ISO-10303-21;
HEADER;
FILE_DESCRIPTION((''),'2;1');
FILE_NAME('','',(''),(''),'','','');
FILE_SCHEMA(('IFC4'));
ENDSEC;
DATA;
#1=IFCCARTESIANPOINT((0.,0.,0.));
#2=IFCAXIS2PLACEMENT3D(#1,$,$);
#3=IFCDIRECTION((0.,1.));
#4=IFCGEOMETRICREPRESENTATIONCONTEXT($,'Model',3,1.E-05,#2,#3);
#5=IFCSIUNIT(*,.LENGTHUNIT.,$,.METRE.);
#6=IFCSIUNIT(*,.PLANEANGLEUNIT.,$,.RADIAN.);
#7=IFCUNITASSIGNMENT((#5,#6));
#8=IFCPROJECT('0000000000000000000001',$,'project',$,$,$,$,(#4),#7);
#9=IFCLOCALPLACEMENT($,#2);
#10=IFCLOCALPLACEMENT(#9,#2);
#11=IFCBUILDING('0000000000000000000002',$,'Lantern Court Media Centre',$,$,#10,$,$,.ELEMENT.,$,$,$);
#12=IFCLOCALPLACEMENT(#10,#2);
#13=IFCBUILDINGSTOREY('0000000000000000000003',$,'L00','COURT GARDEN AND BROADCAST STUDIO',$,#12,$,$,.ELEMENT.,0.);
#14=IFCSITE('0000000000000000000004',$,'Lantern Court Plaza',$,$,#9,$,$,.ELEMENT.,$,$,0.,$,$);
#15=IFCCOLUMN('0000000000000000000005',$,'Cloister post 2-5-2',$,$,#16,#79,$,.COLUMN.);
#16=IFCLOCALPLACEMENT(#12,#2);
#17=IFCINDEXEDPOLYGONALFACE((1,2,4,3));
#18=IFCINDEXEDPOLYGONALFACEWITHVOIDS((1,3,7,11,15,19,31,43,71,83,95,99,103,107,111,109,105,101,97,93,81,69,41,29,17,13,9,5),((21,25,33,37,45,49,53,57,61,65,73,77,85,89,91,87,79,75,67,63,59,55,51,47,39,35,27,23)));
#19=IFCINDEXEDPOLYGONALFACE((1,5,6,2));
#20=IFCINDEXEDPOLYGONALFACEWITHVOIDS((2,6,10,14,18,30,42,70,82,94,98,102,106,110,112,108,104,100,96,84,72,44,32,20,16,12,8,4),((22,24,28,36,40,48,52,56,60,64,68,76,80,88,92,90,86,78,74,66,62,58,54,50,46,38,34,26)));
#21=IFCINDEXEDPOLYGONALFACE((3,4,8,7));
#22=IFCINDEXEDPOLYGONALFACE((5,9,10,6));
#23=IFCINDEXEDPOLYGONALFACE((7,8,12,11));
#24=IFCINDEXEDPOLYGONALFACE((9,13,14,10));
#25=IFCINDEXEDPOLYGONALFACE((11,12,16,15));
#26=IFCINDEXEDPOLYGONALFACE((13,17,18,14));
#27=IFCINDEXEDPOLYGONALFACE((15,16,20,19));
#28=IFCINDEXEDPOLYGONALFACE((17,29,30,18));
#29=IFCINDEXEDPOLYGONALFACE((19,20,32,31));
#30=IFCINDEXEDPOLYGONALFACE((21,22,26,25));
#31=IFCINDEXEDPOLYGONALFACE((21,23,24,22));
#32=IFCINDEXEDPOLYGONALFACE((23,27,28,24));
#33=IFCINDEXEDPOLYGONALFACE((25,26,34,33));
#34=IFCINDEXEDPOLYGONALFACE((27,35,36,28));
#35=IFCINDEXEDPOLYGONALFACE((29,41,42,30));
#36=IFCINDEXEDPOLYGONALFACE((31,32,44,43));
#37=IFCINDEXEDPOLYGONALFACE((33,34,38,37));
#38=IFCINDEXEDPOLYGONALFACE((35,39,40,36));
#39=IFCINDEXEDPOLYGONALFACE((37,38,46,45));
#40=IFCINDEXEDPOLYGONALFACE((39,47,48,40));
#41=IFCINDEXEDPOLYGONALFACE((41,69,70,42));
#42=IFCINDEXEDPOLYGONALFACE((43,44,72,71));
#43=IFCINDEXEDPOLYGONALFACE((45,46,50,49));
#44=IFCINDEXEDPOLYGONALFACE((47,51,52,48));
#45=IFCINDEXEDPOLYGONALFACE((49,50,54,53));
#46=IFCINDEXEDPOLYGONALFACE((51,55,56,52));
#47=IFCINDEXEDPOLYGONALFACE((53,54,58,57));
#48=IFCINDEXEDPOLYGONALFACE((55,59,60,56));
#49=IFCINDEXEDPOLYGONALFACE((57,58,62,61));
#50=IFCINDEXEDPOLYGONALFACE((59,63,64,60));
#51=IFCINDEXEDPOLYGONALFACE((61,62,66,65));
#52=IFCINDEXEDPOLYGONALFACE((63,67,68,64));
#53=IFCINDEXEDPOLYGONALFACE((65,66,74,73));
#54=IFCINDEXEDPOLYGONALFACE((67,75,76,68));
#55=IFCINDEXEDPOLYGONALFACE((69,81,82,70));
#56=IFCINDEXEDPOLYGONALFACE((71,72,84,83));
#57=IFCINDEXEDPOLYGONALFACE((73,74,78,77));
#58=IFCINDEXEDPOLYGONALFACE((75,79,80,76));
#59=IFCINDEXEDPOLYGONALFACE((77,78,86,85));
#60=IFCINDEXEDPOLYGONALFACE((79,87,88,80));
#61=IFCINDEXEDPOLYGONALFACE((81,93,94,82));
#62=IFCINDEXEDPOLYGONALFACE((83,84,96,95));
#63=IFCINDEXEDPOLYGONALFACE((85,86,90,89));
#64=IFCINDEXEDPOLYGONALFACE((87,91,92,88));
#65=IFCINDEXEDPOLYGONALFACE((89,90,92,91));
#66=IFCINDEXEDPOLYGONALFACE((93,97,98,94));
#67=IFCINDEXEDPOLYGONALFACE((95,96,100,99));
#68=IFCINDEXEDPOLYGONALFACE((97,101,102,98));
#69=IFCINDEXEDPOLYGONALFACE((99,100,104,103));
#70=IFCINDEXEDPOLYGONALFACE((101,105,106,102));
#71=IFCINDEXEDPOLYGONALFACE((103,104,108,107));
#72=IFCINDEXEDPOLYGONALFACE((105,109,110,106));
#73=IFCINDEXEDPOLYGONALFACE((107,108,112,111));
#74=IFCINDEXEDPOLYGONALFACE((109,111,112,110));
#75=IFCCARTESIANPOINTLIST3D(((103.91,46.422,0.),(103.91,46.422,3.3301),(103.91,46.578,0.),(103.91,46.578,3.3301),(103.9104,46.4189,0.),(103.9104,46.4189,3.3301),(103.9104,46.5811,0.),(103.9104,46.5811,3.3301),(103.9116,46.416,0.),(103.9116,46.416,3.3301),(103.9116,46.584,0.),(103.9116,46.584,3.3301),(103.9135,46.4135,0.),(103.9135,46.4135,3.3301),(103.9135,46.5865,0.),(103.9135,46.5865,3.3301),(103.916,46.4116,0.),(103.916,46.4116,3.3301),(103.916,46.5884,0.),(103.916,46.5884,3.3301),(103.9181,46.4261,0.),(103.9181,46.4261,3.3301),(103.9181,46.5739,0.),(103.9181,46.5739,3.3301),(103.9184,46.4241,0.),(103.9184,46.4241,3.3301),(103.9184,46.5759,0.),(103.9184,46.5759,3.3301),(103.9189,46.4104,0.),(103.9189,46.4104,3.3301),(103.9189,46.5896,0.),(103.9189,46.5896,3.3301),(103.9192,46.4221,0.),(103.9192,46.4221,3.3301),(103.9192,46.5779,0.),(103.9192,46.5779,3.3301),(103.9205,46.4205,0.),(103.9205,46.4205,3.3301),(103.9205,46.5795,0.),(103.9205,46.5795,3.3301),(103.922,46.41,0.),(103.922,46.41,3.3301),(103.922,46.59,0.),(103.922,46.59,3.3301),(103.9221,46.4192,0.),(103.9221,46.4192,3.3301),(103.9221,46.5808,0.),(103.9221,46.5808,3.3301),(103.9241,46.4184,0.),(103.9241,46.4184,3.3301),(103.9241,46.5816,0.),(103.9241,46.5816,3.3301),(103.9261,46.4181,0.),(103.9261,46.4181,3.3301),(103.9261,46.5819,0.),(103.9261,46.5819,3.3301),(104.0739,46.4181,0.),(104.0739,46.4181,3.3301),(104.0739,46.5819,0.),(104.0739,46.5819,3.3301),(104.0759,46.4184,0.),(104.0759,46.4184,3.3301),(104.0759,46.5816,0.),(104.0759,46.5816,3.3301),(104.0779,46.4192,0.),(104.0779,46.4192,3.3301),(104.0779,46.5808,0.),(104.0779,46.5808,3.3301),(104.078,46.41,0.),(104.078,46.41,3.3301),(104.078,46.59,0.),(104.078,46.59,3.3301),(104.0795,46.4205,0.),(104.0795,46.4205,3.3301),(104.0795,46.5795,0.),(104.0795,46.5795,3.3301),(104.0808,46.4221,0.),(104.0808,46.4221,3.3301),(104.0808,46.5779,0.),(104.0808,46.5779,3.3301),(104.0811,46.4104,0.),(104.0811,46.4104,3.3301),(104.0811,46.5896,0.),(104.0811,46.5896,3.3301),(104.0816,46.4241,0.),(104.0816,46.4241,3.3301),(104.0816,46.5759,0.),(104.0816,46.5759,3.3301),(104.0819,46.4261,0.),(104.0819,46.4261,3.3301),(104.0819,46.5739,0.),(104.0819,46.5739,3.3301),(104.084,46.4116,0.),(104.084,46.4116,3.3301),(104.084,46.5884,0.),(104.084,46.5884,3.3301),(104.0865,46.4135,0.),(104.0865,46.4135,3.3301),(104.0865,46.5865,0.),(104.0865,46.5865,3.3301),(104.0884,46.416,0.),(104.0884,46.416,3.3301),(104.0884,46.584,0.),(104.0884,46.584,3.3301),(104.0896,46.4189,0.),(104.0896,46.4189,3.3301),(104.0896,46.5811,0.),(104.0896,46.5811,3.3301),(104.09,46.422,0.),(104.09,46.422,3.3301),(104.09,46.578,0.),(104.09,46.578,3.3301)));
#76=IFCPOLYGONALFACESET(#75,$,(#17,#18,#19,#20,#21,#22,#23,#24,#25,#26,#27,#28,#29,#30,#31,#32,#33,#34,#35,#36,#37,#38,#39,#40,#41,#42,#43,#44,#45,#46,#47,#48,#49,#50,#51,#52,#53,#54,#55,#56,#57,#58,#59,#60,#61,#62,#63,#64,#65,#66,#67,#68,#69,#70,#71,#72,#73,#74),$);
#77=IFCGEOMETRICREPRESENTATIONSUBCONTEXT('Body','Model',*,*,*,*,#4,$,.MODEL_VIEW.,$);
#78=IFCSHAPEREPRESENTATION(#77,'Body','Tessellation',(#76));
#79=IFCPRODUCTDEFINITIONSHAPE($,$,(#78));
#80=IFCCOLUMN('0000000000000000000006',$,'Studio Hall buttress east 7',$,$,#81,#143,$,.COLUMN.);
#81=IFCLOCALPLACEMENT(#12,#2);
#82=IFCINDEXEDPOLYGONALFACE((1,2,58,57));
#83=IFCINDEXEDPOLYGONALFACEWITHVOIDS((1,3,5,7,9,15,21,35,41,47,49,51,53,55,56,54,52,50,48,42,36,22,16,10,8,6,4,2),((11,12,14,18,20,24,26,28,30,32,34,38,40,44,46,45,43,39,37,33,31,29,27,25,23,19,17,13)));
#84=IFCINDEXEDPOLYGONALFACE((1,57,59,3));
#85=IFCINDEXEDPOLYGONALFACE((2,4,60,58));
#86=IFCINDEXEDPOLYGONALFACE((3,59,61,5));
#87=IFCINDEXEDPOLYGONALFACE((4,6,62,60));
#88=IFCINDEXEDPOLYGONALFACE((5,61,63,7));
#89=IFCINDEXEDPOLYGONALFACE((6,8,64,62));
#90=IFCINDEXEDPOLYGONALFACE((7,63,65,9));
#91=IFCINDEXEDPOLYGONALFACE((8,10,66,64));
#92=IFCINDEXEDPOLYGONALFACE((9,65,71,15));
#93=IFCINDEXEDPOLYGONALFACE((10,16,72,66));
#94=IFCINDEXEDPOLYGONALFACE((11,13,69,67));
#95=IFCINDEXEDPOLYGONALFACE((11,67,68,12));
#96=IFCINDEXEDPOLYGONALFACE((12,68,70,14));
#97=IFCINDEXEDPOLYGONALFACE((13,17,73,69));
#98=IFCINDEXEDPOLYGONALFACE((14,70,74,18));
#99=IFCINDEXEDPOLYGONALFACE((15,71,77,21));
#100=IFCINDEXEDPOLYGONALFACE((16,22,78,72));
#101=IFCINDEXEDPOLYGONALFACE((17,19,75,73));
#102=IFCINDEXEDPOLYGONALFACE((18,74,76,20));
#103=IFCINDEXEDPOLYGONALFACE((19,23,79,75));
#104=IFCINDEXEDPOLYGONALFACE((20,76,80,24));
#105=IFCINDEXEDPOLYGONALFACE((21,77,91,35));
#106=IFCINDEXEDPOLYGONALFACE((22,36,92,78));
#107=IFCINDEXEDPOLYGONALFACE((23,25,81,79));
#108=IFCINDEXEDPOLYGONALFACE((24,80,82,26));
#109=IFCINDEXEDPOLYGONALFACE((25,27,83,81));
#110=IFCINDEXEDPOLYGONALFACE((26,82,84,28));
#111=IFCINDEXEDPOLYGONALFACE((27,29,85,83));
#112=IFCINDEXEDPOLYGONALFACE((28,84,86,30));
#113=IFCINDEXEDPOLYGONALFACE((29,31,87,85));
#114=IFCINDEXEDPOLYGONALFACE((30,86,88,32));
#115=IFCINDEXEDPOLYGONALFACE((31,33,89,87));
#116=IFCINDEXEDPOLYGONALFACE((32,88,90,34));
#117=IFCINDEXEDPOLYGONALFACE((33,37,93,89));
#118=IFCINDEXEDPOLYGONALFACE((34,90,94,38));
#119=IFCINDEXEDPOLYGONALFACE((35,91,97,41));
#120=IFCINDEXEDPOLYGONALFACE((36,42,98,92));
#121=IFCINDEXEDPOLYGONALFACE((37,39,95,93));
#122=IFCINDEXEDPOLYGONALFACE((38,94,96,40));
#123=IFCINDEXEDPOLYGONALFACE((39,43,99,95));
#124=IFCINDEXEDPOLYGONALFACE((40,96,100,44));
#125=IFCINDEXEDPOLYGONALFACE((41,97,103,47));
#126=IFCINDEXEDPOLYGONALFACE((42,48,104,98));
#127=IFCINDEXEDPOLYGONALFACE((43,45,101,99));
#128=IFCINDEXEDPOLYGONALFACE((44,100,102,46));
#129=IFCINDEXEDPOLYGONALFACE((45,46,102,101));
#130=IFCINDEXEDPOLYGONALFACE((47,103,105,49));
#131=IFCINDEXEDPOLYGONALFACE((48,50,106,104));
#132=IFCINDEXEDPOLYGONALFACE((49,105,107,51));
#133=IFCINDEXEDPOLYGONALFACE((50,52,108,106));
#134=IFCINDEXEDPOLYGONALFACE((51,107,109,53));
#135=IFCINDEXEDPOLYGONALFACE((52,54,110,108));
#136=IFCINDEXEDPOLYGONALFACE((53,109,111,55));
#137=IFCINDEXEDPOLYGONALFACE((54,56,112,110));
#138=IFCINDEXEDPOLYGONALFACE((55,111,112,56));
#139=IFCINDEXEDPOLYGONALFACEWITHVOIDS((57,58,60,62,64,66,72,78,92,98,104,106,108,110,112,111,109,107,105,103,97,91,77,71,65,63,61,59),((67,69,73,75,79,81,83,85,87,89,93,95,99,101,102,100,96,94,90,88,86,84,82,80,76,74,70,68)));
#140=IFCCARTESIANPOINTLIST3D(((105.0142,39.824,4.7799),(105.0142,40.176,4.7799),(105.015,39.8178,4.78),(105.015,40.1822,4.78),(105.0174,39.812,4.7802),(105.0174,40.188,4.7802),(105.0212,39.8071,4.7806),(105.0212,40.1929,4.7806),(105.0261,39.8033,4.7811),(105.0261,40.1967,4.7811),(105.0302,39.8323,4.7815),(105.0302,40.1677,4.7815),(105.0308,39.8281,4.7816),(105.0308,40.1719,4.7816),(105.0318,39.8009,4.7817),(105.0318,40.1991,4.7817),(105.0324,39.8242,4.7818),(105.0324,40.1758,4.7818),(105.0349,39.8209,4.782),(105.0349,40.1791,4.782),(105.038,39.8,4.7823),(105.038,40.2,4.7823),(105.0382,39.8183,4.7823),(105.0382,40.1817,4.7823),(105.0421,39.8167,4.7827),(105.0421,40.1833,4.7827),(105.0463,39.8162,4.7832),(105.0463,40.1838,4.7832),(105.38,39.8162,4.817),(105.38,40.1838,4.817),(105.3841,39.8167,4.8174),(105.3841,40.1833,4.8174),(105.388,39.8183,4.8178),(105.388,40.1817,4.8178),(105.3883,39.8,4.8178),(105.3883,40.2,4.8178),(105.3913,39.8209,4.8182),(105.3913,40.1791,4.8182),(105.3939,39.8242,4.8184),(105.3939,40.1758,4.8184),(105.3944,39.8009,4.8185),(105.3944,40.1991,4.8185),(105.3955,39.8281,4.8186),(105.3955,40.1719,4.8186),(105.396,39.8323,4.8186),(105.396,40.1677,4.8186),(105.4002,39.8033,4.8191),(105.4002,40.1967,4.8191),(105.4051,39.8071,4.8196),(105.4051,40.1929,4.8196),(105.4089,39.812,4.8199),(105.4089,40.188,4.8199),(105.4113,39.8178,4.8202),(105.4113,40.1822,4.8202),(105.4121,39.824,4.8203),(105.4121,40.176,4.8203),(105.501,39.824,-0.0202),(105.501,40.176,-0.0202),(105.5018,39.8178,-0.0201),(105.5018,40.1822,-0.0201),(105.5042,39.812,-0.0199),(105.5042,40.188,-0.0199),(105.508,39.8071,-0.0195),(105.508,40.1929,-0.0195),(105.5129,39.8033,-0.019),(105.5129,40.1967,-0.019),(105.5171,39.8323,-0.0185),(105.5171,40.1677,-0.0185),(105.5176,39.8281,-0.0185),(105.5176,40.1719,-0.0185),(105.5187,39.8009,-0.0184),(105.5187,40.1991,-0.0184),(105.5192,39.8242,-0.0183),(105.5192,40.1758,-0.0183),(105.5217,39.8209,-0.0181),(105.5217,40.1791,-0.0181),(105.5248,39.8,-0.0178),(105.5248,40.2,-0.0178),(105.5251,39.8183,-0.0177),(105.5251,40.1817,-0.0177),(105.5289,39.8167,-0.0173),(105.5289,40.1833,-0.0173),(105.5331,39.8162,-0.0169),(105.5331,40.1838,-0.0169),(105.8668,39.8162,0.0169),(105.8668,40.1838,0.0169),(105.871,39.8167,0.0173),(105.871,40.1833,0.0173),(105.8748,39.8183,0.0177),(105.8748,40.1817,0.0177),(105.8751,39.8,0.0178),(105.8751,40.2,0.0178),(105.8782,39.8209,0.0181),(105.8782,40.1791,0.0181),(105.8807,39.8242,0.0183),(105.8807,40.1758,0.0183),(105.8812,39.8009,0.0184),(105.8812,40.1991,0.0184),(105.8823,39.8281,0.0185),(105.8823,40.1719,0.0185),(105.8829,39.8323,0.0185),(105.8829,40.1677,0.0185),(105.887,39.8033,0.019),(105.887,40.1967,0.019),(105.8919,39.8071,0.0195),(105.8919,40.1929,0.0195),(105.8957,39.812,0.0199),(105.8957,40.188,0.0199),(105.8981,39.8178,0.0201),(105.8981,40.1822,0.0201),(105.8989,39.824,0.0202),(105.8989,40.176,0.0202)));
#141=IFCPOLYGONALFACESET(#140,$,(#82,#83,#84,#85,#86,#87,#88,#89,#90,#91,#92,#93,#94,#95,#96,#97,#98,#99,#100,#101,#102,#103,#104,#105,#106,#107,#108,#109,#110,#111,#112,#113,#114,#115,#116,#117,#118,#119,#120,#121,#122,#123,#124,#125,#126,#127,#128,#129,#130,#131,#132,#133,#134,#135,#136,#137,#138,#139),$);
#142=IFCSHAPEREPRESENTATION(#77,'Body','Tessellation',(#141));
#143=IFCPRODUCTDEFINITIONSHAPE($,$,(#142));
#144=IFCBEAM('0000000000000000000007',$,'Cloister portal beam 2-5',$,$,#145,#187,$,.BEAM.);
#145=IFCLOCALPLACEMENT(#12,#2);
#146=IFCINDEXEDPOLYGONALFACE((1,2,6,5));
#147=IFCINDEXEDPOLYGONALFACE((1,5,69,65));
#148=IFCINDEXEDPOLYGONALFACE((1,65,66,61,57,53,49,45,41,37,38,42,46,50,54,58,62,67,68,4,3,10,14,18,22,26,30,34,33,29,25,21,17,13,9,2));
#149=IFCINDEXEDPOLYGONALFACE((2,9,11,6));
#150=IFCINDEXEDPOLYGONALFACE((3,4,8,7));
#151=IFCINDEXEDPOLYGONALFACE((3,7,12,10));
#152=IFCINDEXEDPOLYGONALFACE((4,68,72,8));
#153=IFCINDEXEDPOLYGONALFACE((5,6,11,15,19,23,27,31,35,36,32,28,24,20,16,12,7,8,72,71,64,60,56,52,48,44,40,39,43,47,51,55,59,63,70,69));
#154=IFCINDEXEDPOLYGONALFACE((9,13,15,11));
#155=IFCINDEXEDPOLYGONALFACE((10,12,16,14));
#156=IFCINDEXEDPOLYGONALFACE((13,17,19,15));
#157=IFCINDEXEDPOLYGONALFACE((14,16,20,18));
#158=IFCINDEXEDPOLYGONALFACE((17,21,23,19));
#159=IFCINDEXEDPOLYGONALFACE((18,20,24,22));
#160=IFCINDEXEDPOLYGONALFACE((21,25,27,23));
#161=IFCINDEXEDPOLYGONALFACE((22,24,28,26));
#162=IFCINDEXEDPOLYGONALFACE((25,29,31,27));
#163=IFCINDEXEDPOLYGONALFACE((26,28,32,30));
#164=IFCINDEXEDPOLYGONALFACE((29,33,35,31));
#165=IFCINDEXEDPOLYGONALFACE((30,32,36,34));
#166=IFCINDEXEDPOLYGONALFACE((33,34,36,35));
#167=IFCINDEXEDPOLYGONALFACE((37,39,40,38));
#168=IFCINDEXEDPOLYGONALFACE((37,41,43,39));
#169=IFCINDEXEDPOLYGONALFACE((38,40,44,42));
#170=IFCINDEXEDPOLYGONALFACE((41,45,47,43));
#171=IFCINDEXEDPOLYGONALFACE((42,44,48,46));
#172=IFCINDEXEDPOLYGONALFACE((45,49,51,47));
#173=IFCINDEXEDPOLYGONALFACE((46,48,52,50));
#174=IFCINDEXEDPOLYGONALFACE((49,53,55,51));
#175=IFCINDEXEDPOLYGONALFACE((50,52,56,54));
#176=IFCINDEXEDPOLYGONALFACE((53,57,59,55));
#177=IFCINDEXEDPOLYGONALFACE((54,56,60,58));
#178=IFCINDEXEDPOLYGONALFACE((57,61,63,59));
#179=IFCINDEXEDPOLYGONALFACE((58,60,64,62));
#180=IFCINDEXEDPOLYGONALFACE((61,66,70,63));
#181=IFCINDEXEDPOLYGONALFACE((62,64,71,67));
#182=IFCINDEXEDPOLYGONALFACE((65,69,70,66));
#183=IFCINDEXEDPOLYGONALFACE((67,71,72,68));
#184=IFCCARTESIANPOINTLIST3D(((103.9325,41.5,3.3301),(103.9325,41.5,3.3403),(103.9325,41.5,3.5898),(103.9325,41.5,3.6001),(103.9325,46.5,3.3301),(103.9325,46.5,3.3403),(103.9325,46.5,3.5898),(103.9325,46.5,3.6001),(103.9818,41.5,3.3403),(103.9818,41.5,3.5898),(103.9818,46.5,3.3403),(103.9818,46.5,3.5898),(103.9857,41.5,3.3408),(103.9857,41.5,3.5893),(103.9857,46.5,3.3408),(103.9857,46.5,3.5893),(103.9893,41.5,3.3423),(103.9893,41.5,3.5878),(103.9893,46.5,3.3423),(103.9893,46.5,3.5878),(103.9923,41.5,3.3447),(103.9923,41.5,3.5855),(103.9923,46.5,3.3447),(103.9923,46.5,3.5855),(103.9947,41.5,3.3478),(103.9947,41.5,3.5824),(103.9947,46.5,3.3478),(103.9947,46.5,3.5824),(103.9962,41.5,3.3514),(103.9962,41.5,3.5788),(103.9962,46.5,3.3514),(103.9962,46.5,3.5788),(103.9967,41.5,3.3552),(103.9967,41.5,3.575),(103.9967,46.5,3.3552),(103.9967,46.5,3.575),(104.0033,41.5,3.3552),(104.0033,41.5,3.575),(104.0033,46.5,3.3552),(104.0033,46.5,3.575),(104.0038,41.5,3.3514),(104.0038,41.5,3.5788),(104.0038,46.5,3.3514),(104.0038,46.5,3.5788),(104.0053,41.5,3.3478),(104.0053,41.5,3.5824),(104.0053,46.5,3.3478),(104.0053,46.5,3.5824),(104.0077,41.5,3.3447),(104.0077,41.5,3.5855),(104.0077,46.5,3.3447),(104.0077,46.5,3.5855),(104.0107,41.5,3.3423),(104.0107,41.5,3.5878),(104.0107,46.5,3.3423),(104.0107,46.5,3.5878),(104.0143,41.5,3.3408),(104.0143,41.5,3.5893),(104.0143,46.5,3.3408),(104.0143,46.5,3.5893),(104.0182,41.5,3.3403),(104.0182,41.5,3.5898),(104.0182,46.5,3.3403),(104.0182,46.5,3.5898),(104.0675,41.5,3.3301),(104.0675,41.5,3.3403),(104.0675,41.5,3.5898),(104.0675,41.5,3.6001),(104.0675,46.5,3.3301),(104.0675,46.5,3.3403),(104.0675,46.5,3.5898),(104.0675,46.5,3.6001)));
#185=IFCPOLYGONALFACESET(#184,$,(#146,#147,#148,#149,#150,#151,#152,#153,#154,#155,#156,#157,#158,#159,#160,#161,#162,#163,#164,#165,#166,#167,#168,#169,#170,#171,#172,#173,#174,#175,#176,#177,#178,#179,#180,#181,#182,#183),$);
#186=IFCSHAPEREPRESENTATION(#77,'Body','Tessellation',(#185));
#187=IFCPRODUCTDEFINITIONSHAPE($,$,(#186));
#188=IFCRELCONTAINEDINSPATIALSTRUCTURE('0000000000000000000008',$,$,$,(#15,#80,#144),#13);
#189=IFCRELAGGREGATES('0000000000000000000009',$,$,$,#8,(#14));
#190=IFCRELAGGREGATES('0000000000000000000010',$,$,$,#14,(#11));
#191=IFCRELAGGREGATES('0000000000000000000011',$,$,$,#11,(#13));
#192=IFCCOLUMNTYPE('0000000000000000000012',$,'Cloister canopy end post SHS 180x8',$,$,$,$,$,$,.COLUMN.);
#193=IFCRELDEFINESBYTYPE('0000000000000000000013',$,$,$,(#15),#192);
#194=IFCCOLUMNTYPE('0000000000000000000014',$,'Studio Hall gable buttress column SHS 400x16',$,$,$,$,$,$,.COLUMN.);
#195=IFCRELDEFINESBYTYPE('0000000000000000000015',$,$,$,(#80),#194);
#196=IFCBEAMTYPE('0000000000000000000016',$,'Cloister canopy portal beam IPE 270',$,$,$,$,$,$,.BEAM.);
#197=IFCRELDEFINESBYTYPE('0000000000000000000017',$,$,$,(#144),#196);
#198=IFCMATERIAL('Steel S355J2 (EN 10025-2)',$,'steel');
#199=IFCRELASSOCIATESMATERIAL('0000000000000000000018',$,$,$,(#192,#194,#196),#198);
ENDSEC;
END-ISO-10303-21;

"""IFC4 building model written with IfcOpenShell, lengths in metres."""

from ifc_helpers import new_model, si_unit, direction, frame, origin, origin_2d, place, context, subcontext, project, spatial, hollow_rectangle, i_section, extrude, material, material_profile, profile_set, type_object, element, save


model = new_model("IFC4")

# Units and contexts
model_context = context("Model", 3, precision=1e-05, world=origin(), true_north=direction((0.0, 1.0)))
body_context = subcontext(model_context, "Body", "Model", "MODEL_VIEW")
ifc_project = project(units=[si_unit("LENGTHUNIT", "METRE"), si_unit("PLANEANGLEUNIT", "RADIAN")], contexts=[model_context])

# Site, building, storey
site_placement = place(None, origin())
site = spatial("IfcSite", under=ifc_project, at=site_placement, Name="Lantern Court Plaza", CompositionType="ELEMENT", RefElevation=0.0)
building_placement = place(site_placement, origin())
building = spatial("IfcBuilding", under=site, at=building_placement, Name="Lantern Court Media Centre", CompositionType="ELEMENT")
storey_placement = place(building_placement, origin())
storey = spatial("IfcBuildingStorey", under=building, at=storey_placement, Name="L00", Description="COURT GARDEN AND BROADCAST STUDIO", CompositionType="ELEMENT", Elevation=0.0)

# Columns
ifc_material_1 = material(Name="Steel S355J2 (EN 10025-2)", Category="steel")
ifc_material_profile_1 = material_profile(ifc_material_1, hollow_rectangle(XDim=0.1799, YDim=0.1799, WallThickness=0.0081, InnerFilletRadius=0.0081, OuterFilletRadius=0.012, at=origin_2d()), Name="Cloister canopy end post SHS 180x8")
ifc_profile_set_1 = profile_set([ifc_material_profile_1], Name="Steel S355J2 (EN 10025-2)")
column_type_1 = type_object("IfcColumnType", Name="Cloister canopy end post SHS 180x8", PredefinedType="COLUMN", material=ifc_profile_set_1)
for number, where, z_axis, x_axis, name in (
    (1, (104.0, 46.5, 0.0), (0.0, 0.0, 1.0), (1.0, 0.0, 0.0), "Cloister post 2-5-2"),
):
    element("IfcColumn", number, at=place(storey_placement, frame(where, z_axis=z_axis, x_axis=x_axis)), inside=storey, type_object=column_type_1, Name=name, PredefinedType="COLUMN", context=body_context, shape_type="SweptSolid", body=[
        extrude(hollow_rectangle(XDim=0.1799, YDim=0.1799, WallThickness=0.0081, InnerFilletRadius=0.0081, OuterFilletRadius=0.012, at=origin_2d()), origin(), (0.0, 0.0, 1.0), 3.3301),
    ])
ifc_material_profile_2 = material_profile(ifc_material_1, hollow_rectangle(XDim=0.3999, YDim=0.3999, WallThickness=0.0161, InnerFilletRadius=0.0161, OuterFilletRadius=0.0239, at=origin_2d()), Name="Studio Hall gable buttress column SHS 400x16")
ifc_profile_set_2 = profile_set([ifc_material_profile_2], Name="Steel S355J2 (EN 10025-2)")
column_type_2 = type_object("IfcColumnType", Name="Studio Hall gable buttress column SHS 400x16", PredefinedType="COLUMN", material=ifc_profile_set_2)
column_placement = place(storey_placement, frame((105.7, 40.0, 0.0), z_axis=(-0.100901, 0.0, 0.994896), x_axis=(0.0, -1.0, 0.0)))
element("IfcColumn", 2, at=column_placement, inside=storey, type_object=column_type_2, Name="Studio Hall buttress east 7", PredefinedType="COLUMN", context=body_context, shape_type="SweptSolid", body=[
    extrude(hollow_rectangle(XDim=0.3999, YDim=0.3999, WallThickness=0.0161, InnerFilletRadius=0.0161, OuterFilletRadius=0.0239, at=origin_2d()), origin(), (0.0, 0.0, 1.0), 4.8247),
])

# Beam
ifc_material_profile_3 = material_profile(ifc_material_1, i_section(OverallWidth=0.135, OverallDepth=0.27, WebThickness=0.0066, FlangeThickness=0.0103, FilletRadius=0.0149, at=origin_2d()), Name="IPE 270")
ifc_profile_set_3 = profile_set([ifc_material_profile_3], Name="Steel S355J2 (EN 10025-2)")
beam_type = type_object("IfcBeamType", Name="Cloister canopy portal beam IPE 270", PredefinedType="BEAM", material=ifc_profile_set_3)
beam_placement = place(storey_placement, frame((104.0, 41.5, 3.4651), z_axis=(0.0, 1.0, 0.0), x_axis=(-1.0, 0.0, 0.0)))
element("IfcBeam", 3, at=beam_placement, inside=storey, type_object=beam_type, Name="Cloister portal beam 2-5", PredefinedType="BEAM", context=body_context, shape_type="SweptSolid", body=[
    extrude(i_section(OverallWidth=0.135, OverallDepth=0.27, WebThickness=0.0066, FlangeThickness=0.0103, FilletRadius=0.0149, at=origin_2d()), origin(), (0.0, 0.0, 1.0), 5.0),
])

save(model, "model.ifc")
